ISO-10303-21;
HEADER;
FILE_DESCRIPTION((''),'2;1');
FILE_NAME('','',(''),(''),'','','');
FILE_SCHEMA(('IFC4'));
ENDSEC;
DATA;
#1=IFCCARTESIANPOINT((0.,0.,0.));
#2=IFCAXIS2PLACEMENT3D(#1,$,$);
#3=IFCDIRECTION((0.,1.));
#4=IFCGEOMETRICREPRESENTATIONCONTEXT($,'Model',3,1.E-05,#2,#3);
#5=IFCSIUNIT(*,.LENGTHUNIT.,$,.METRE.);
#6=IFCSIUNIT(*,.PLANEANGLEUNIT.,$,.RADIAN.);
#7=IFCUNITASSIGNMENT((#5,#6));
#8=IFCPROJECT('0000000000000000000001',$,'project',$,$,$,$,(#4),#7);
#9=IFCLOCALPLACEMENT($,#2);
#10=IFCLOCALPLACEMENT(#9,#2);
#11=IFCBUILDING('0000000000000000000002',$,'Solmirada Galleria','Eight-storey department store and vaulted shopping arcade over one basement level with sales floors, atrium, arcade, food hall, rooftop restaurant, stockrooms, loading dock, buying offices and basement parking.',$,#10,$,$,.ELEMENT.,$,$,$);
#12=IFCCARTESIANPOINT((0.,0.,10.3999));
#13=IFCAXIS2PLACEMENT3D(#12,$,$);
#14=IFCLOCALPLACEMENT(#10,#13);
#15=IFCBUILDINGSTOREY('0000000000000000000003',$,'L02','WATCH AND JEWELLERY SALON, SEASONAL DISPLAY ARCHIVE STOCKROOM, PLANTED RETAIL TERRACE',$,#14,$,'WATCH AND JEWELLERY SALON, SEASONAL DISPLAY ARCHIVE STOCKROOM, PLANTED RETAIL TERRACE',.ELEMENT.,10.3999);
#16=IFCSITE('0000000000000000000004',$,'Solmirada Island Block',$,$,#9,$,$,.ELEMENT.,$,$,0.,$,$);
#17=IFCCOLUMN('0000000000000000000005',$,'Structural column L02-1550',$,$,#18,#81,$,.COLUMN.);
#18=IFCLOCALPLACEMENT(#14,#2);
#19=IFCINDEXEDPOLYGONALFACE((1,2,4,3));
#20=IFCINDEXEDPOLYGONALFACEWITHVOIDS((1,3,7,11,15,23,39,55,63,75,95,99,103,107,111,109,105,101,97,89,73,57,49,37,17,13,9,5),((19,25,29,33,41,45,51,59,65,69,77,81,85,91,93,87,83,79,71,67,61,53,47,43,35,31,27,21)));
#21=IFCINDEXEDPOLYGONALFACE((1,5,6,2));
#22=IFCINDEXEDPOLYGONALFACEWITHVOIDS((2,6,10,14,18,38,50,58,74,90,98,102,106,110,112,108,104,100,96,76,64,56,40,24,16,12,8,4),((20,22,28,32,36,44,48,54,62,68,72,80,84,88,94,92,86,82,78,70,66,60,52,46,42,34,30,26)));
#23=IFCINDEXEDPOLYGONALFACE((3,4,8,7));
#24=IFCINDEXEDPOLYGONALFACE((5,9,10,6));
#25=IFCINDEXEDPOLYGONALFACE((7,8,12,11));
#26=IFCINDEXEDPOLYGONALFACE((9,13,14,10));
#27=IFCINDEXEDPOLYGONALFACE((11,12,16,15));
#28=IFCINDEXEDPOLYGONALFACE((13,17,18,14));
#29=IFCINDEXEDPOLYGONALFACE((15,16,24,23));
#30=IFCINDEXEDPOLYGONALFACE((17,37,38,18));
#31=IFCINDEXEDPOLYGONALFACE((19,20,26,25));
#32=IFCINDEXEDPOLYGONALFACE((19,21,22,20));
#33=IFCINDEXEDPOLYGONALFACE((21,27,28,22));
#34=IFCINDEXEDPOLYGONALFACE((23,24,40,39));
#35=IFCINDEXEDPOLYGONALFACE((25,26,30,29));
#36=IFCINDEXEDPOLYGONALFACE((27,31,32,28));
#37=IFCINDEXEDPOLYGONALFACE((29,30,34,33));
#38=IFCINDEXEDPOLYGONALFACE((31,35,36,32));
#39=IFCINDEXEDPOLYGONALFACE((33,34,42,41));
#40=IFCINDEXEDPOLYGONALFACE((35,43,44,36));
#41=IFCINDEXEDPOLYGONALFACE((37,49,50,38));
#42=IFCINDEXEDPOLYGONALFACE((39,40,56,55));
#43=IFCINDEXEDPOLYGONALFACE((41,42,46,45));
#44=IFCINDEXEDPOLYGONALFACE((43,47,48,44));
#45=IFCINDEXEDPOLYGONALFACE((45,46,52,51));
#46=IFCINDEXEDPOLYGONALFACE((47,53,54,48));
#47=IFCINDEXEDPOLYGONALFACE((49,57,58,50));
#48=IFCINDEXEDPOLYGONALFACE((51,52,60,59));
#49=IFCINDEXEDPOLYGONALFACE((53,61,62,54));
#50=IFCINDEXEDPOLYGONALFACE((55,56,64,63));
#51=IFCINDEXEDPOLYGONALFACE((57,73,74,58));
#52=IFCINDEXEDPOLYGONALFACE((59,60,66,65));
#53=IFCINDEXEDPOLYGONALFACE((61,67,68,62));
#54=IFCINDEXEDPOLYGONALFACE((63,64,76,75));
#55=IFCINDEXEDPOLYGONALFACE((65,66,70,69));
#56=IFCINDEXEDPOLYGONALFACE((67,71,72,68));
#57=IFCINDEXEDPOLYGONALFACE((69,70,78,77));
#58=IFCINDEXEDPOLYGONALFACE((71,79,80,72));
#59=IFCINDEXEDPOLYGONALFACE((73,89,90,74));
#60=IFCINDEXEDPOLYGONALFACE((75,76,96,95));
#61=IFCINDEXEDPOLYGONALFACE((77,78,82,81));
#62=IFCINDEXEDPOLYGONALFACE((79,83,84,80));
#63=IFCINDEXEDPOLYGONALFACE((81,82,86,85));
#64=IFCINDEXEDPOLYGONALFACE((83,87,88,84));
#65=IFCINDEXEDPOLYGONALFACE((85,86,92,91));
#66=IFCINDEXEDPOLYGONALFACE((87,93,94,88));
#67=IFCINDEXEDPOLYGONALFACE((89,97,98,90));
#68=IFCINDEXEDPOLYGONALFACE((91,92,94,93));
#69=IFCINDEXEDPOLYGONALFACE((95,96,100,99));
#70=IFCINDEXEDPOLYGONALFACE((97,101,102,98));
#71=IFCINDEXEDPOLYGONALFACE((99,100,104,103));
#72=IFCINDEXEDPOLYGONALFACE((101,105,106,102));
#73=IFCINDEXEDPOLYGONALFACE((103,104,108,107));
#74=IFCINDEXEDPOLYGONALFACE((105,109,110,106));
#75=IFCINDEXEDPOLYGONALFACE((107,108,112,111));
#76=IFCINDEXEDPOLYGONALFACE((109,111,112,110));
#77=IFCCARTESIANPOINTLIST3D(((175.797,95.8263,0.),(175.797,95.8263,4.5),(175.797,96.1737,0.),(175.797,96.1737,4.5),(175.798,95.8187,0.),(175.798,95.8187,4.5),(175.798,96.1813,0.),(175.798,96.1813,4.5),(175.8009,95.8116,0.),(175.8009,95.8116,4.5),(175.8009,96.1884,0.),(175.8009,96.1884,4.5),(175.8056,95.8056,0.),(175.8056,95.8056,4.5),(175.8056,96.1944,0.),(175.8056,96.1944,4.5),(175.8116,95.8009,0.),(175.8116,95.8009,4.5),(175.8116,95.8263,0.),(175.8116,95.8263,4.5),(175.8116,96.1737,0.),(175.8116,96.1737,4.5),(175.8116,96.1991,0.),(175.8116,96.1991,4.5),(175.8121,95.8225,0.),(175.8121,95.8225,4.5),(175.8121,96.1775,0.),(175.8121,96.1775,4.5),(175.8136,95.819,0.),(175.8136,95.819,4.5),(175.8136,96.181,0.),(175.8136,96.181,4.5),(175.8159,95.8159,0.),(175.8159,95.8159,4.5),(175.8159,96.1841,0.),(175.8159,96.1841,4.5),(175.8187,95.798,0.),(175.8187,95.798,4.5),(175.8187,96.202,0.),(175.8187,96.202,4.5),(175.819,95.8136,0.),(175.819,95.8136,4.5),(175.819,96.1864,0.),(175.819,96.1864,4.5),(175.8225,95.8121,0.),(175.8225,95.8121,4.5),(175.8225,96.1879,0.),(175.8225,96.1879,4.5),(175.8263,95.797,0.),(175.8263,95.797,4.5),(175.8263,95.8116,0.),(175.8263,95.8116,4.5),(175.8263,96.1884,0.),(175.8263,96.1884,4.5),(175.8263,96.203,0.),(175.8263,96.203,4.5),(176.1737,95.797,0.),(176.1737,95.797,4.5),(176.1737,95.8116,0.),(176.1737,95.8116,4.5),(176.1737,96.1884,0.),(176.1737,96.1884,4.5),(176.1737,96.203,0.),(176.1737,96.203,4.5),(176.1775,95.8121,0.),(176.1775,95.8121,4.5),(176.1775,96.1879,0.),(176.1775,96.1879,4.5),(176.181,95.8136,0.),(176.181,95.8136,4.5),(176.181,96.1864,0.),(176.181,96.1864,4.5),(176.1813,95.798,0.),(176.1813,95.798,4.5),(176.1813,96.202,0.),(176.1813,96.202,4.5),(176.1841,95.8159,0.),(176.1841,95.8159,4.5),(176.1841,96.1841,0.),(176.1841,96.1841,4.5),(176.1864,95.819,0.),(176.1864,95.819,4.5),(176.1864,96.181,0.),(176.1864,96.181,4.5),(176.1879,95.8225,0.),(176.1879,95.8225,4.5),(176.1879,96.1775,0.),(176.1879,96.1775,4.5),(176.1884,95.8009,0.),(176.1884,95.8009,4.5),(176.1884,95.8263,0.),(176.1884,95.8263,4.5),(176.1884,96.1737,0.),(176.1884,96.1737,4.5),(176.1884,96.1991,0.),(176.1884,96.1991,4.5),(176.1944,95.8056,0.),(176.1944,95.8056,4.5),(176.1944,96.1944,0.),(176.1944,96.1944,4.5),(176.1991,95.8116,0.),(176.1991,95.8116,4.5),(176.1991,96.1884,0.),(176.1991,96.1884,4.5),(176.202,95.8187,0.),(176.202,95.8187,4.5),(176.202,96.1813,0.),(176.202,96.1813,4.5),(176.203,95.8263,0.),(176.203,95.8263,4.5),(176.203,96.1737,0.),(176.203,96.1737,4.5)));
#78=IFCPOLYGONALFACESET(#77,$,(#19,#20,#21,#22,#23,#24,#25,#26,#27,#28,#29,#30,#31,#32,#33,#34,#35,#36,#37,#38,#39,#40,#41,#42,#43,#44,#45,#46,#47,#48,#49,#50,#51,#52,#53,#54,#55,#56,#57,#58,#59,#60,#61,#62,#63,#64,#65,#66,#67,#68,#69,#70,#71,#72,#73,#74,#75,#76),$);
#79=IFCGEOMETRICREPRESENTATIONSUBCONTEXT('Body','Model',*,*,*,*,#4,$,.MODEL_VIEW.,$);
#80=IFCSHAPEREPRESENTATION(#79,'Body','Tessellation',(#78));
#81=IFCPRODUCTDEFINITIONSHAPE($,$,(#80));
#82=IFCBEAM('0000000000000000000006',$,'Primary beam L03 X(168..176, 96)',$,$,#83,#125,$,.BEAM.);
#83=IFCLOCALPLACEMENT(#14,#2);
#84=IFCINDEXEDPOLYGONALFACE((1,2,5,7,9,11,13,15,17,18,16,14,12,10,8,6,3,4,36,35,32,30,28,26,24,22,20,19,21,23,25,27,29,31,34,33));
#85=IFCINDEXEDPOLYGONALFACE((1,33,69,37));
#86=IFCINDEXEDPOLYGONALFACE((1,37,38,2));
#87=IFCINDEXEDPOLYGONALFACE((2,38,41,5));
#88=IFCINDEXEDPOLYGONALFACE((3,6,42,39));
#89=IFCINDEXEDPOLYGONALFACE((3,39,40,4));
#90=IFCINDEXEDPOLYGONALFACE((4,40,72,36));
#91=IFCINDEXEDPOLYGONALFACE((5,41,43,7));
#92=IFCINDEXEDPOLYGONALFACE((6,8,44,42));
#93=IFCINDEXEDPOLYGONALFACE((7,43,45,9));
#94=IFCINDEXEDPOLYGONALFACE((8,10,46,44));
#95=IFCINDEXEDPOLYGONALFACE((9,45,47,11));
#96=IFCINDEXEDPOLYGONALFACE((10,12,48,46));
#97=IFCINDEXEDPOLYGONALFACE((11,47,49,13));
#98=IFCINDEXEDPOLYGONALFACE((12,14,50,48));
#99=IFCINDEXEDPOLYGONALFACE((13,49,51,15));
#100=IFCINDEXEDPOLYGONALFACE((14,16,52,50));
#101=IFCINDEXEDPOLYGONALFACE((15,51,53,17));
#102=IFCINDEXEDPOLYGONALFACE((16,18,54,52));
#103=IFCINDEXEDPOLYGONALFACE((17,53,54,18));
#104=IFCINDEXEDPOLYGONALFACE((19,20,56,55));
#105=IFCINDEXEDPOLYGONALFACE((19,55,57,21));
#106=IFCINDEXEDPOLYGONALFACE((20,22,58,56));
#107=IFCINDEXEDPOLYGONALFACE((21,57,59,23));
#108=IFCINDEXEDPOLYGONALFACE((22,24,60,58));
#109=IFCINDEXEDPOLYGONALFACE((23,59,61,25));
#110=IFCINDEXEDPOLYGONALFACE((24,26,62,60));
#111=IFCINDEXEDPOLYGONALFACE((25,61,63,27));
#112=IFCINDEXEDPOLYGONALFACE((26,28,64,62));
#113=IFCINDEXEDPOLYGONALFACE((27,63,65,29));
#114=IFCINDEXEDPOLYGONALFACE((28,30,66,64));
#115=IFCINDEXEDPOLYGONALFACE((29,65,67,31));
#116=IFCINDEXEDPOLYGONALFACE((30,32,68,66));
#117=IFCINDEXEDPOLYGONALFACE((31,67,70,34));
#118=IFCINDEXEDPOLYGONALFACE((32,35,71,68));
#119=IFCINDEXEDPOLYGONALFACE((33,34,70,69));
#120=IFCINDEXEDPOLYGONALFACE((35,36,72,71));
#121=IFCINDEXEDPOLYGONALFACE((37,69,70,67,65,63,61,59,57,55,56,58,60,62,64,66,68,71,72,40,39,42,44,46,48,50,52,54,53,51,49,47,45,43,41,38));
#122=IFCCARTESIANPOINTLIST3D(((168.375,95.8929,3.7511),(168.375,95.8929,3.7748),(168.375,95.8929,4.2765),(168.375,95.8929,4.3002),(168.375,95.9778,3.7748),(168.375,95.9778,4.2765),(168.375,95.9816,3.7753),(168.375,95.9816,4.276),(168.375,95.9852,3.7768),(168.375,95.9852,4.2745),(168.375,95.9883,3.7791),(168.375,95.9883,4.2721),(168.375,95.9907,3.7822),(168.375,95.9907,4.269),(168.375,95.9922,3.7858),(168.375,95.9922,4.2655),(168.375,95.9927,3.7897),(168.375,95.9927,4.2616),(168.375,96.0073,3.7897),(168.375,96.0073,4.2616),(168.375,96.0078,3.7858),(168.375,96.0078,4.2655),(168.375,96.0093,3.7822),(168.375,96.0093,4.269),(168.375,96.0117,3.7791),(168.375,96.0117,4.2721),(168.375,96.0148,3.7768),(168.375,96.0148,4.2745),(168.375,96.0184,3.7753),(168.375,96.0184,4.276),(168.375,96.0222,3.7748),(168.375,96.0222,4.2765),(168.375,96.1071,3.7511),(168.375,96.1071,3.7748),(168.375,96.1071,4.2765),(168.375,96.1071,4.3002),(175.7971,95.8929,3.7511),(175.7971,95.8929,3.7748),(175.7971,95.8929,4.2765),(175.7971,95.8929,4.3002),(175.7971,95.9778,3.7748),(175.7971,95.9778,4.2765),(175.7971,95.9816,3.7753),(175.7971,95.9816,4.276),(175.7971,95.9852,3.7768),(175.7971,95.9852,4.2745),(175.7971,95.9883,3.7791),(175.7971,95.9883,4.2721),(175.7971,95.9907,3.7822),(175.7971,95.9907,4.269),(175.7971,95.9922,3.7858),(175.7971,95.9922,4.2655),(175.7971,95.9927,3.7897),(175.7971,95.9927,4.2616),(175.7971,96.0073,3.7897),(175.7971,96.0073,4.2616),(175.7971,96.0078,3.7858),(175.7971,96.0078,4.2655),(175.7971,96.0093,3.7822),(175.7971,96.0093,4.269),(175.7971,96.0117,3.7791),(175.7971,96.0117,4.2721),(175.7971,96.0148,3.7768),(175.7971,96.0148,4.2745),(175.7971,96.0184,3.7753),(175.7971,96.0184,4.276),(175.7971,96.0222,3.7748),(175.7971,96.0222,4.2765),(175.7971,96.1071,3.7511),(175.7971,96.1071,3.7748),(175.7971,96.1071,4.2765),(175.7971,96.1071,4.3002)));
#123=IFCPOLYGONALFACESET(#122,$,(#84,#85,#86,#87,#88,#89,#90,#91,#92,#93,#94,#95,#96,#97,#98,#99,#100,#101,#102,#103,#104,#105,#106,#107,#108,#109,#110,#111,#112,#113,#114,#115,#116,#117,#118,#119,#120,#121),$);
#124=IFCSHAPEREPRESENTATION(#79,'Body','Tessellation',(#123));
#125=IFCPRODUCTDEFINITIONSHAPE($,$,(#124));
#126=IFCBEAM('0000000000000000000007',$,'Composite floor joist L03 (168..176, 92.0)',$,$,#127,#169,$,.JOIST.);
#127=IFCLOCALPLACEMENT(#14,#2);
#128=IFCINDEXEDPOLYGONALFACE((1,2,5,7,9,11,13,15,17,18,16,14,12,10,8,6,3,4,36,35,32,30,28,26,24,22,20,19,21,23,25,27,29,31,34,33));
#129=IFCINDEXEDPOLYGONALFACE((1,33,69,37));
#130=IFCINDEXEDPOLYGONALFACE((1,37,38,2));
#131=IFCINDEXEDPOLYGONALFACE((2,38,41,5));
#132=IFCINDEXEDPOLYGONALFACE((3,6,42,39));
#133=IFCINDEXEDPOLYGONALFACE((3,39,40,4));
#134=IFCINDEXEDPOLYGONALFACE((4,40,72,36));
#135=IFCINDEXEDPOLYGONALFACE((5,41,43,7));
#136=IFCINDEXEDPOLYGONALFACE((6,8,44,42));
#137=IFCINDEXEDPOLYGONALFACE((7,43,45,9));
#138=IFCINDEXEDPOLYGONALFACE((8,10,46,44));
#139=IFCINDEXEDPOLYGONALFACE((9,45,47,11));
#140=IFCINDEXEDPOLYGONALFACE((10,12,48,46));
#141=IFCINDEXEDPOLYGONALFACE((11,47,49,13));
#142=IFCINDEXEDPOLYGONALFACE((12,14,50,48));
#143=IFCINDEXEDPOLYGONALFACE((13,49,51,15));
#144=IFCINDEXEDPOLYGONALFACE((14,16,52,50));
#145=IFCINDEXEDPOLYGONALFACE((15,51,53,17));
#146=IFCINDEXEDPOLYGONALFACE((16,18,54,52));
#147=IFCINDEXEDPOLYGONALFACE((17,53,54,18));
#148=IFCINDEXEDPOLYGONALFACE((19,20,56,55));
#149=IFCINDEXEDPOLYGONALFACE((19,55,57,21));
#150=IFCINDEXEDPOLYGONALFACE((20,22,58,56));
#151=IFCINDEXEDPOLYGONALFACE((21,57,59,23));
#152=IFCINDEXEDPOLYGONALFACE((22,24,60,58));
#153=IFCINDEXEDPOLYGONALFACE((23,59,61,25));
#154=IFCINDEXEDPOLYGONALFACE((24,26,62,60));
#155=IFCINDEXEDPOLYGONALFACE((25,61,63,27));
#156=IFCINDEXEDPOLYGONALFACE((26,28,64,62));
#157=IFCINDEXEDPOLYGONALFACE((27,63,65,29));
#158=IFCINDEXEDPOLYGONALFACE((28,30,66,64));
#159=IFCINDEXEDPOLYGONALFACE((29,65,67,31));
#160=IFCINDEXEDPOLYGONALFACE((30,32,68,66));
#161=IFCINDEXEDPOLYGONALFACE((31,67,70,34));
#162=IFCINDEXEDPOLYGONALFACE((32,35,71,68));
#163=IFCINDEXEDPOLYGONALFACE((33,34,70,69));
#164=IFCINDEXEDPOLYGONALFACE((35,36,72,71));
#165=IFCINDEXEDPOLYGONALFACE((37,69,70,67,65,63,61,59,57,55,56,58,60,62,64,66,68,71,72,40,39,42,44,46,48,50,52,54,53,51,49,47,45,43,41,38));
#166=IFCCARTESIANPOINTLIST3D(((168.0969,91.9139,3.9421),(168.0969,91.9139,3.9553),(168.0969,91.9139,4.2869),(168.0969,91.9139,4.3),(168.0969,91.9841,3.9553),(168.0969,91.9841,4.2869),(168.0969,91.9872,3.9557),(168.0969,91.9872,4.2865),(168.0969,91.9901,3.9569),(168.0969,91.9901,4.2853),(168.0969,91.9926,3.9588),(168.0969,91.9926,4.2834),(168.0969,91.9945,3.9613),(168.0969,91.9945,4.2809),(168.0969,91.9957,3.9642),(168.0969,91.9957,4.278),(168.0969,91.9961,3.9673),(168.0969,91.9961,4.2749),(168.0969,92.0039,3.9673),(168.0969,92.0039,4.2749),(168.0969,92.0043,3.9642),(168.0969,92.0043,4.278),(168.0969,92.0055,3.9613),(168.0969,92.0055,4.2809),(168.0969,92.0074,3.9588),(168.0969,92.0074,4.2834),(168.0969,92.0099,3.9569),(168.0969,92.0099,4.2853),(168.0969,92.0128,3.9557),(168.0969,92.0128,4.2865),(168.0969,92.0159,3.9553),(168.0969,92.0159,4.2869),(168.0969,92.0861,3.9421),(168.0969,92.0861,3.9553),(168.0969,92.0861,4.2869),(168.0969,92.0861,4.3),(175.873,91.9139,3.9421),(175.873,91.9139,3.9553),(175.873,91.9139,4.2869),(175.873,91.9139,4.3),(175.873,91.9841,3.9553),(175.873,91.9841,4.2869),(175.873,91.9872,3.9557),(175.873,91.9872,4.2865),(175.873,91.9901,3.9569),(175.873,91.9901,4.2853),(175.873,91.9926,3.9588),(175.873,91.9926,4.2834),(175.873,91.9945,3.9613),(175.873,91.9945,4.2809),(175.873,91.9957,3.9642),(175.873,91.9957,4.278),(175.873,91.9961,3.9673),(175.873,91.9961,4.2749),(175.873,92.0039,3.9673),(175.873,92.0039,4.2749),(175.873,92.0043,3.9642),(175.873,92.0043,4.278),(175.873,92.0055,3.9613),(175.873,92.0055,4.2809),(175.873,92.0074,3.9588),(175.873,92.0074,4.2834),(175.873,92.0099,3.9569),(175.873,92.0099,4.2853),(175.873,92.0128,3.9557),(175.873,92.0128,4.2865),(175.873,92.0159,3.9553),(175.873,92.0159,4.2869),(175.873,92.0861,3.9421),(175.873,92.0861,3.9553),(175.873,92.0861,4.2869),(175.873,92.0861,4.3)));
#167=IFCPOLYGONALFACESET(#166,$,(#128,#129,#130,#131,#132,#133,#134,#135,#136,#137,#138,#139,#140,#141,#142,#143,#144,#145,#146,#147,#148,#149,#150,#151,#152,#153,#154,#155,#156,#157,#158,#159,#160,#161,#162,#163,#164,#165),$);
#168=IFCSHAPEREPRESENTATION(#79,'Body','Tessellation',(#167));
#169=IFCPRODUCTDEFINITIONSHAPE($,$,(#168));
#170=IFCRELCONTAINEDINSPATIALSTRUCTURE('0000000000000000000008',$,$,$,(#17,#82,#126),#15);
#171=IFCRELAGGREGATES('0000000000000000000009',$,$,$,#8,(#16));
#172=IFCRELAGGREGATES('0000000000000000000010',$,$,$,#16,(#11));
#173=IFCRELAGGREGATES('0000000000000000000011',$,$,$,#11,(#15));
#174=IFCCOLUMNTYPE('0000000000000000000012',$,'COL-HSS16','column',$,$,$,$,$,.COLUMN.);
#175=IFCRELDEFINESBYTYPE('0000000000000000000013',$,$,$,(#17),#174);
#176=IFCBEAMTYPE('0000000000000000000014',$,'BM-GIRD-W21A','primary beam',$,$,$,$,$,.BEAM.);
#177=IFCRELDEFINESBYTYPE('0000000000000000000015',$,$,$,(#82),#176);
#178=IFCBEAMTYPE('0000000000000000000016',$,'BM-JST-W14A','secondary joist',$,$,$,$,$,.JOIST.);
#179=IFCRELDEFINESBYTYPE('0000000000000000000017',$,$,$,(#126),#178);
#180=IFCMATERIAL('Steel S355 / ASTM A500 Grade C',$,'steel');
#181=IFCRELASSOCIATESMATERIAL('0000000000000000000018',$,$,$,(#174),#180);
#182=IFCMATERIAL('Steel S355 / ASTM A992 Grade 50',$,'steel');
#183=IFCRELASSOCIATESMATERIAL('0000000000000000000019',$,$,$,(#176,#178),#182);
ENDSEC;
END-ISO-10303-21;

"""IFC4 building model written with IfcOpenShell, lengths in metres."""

from ifc_helpers import new_model, si_unit, direction, frame, origin, origin_2d, place, context, subcontext, project, spatial, hollow_rectangle, i_section, extrude, material, material_profile, profile_set, type_object, element, save


model = new_model("IFC4")

# Units and contexts
model_context = context("Model", 3, precision=1e-05, world=origin(), true_north=direction((0.0, 1.0)))
body_context = subcontext(model_context, "Body", "Model", "MODEL_VIEW")
ifc_project = project(units=[si_unit("LENGTHUNIT", "METRE"), si_unit("PLANEANGLEUNIT", "RADIAN")], contexts=[model_context])

# Site, building, storey
site_placement = place(None, origin())
site = spatial("IfcSite", under=ifc_project, at=site_placement, Name="Solmirada Island Block", CompositionType="ELEMENT", RefElevation=0.0)
building_placement = place(site_placement, origin())
building = spatial("IfcBuilding", under=site, at=building_placement, Name="Solmirada Galleria", Description="Eight-storey department store and vaulted shopping arcade over one basement level with sales floors, atrium, arcade, food hall, rooftop restaurant, stockrooms, loading dock, buying offices and basement parking.", CompositionType="ELEMENT")
storey_placement = place(building_placement, frame((0.0, 0.0, 10.3999)))
storey = spatial("IfcBuildingStorey", under=building, at=storey_placement, Name="L02", Description="WATCH AND JEWELLERY SALON, SEASONAL DISPLAY ARCHIVE STOCKROOM, PLANTED RETAIL TERRACE", LongName="WATCH AND JEWELLERY SALON, SEASONAL DISPLAY ARCHIVE STOCKROOM, PLANTED RETAIL TERRACE", CompositionType="ELEMENT", Elevation=10.3999)

# Column
ifc_material_1 = material(Name="Steel S355 / ASTM A500 Grade C", Category="steel")
ifc_material_profile_1 = material_profile(ifc_material_1, hollow_rectangle(XDim=0.406, YDim=0.406, WallThickness=0.0146, InnerFilletRadius=0.0146, OuterFilletRadius=0.0293, at=origin_2d()), Name="HSS16X16X5/8")
ifc_profile_set_1 = profile_set([ifc_material_profile_1], Name="Steel S355 / ASTM A500 Grade C")
column_type = type_object("IfcColumnType", Name="COL-HSS16", Description="column", PredefinedType="COLUMN", material=ifc_profile_set_1)
column_placement = place(storey_placement, frame((176.0, 96.0, 0.0), z_axis=(0.0, 0.0, 1.0), x_axis=(1.0, 0.0, 0.0)))
element("IfcColumn", 1, at=column_placement, inside=storey, type_object=column_type, Name="Structural column L02-1550", PredefinedType="COLUMN", context=body_context, shape_type="SweptSolid", body=[
    extrude(hollow_rectangle(XDim=0.406, YDim=0.406, WallThickness=0.0146, InnerFilletRadius=0.0146, OuterFilletRadius=0.0293, at=origin_2d()), origin(), (0.0, 0.0, 1.0), 4.5),
])

# Beams
ifc_material_2 = material(Name="Steel S355 / ASTM A992 Grade 50", Category="steel")
ifc_material_profile_2 = material_profile(ifc_material_2, i_section(OverallWidth=0.2141, OverallDepth=0.5491, WebThickness=0.0146, FlangeThickness=0.0237, FilletRadius=0.0149, at=origin_2d()), Name="W21X93")
ifc_profile_set_2 = profile_set([ifc_material_profile_2], Name="Steel S355 / ASTM A992 Grade 50")
beam_type_1 = type_object("IfcBeamType", Name="BM-GIRD-W21A", Description="primary beam", PredefinedType="BEAM", material=ifc_profile_set_2)
beam_1_placement = place(storey_placement, frame((168.375, 96.0, 4.0256), z_axis=(1.0, 0.0, 0.0), x_axis=(0.0, 1.0, 0.0)))
element("IfcBeam", 2, at=beam_1_placement, inside=storey, type_object=beam_type_1, Name="Primary beam L03 X(168..176, 96)", PredefinedType="BEAM", context=body_context, shape_type="SweptSolid", body=[
    extrude(i_section(OverallWidth=0.2141, OverallDepth=0.5491, WebThickness=0.0146, FlangeThickness=0.0237, FilletRadius=0.0149, at=origin_2d()), origin(), (0.0, 0.0, 1.0), 7.4221),
])
ifc_material_profile_3 = material_profile(ifc_material_2, i_section(OverallWidth=0.1721, OverallDepth=0.3579, WebThickness=0.0078, FlangeThickness=0.0132, FilletRadius=0.012, at=origin_2d()), Name="W14X38")
ifc_profile_set_3 = profile_set([ifc_material_profile_3], Name="Steel S355 / ASTM A992 Grade 50")
beam_type_2 = type_object("IfcBeamType", Name="BM-JST-W14A", Description="secondary joist", PredefinedType="JOIST", material=ifc_profile_set_3)
beam_2_placement = place(storey_placement, frame((168.0969, 92.0, 4.1211), z_axis=(1.0, 0.0, 0.0), x_axis=(0.0, 1.0, 0.0)))
element("IfcBeam", 3, at=beam_2_placement, inside=storey, type_object=beam_type_2, Name="Composite floor joist L03 (168..176, 92.0)", PredefinedType="JOIST", context=body_context, shape_type="SweptSolid", body=[
    extrude(i_section(OverallWidth=0.1721, OverallDepth=0.3579, WebThickness=0.0078, FlangeThickness=0.0132, FilletRadius=0.012, at=origin_2d()), origin(), (0.0, 0.0, 1.0), 7.7761),
])

save(model, "model.ifc")
